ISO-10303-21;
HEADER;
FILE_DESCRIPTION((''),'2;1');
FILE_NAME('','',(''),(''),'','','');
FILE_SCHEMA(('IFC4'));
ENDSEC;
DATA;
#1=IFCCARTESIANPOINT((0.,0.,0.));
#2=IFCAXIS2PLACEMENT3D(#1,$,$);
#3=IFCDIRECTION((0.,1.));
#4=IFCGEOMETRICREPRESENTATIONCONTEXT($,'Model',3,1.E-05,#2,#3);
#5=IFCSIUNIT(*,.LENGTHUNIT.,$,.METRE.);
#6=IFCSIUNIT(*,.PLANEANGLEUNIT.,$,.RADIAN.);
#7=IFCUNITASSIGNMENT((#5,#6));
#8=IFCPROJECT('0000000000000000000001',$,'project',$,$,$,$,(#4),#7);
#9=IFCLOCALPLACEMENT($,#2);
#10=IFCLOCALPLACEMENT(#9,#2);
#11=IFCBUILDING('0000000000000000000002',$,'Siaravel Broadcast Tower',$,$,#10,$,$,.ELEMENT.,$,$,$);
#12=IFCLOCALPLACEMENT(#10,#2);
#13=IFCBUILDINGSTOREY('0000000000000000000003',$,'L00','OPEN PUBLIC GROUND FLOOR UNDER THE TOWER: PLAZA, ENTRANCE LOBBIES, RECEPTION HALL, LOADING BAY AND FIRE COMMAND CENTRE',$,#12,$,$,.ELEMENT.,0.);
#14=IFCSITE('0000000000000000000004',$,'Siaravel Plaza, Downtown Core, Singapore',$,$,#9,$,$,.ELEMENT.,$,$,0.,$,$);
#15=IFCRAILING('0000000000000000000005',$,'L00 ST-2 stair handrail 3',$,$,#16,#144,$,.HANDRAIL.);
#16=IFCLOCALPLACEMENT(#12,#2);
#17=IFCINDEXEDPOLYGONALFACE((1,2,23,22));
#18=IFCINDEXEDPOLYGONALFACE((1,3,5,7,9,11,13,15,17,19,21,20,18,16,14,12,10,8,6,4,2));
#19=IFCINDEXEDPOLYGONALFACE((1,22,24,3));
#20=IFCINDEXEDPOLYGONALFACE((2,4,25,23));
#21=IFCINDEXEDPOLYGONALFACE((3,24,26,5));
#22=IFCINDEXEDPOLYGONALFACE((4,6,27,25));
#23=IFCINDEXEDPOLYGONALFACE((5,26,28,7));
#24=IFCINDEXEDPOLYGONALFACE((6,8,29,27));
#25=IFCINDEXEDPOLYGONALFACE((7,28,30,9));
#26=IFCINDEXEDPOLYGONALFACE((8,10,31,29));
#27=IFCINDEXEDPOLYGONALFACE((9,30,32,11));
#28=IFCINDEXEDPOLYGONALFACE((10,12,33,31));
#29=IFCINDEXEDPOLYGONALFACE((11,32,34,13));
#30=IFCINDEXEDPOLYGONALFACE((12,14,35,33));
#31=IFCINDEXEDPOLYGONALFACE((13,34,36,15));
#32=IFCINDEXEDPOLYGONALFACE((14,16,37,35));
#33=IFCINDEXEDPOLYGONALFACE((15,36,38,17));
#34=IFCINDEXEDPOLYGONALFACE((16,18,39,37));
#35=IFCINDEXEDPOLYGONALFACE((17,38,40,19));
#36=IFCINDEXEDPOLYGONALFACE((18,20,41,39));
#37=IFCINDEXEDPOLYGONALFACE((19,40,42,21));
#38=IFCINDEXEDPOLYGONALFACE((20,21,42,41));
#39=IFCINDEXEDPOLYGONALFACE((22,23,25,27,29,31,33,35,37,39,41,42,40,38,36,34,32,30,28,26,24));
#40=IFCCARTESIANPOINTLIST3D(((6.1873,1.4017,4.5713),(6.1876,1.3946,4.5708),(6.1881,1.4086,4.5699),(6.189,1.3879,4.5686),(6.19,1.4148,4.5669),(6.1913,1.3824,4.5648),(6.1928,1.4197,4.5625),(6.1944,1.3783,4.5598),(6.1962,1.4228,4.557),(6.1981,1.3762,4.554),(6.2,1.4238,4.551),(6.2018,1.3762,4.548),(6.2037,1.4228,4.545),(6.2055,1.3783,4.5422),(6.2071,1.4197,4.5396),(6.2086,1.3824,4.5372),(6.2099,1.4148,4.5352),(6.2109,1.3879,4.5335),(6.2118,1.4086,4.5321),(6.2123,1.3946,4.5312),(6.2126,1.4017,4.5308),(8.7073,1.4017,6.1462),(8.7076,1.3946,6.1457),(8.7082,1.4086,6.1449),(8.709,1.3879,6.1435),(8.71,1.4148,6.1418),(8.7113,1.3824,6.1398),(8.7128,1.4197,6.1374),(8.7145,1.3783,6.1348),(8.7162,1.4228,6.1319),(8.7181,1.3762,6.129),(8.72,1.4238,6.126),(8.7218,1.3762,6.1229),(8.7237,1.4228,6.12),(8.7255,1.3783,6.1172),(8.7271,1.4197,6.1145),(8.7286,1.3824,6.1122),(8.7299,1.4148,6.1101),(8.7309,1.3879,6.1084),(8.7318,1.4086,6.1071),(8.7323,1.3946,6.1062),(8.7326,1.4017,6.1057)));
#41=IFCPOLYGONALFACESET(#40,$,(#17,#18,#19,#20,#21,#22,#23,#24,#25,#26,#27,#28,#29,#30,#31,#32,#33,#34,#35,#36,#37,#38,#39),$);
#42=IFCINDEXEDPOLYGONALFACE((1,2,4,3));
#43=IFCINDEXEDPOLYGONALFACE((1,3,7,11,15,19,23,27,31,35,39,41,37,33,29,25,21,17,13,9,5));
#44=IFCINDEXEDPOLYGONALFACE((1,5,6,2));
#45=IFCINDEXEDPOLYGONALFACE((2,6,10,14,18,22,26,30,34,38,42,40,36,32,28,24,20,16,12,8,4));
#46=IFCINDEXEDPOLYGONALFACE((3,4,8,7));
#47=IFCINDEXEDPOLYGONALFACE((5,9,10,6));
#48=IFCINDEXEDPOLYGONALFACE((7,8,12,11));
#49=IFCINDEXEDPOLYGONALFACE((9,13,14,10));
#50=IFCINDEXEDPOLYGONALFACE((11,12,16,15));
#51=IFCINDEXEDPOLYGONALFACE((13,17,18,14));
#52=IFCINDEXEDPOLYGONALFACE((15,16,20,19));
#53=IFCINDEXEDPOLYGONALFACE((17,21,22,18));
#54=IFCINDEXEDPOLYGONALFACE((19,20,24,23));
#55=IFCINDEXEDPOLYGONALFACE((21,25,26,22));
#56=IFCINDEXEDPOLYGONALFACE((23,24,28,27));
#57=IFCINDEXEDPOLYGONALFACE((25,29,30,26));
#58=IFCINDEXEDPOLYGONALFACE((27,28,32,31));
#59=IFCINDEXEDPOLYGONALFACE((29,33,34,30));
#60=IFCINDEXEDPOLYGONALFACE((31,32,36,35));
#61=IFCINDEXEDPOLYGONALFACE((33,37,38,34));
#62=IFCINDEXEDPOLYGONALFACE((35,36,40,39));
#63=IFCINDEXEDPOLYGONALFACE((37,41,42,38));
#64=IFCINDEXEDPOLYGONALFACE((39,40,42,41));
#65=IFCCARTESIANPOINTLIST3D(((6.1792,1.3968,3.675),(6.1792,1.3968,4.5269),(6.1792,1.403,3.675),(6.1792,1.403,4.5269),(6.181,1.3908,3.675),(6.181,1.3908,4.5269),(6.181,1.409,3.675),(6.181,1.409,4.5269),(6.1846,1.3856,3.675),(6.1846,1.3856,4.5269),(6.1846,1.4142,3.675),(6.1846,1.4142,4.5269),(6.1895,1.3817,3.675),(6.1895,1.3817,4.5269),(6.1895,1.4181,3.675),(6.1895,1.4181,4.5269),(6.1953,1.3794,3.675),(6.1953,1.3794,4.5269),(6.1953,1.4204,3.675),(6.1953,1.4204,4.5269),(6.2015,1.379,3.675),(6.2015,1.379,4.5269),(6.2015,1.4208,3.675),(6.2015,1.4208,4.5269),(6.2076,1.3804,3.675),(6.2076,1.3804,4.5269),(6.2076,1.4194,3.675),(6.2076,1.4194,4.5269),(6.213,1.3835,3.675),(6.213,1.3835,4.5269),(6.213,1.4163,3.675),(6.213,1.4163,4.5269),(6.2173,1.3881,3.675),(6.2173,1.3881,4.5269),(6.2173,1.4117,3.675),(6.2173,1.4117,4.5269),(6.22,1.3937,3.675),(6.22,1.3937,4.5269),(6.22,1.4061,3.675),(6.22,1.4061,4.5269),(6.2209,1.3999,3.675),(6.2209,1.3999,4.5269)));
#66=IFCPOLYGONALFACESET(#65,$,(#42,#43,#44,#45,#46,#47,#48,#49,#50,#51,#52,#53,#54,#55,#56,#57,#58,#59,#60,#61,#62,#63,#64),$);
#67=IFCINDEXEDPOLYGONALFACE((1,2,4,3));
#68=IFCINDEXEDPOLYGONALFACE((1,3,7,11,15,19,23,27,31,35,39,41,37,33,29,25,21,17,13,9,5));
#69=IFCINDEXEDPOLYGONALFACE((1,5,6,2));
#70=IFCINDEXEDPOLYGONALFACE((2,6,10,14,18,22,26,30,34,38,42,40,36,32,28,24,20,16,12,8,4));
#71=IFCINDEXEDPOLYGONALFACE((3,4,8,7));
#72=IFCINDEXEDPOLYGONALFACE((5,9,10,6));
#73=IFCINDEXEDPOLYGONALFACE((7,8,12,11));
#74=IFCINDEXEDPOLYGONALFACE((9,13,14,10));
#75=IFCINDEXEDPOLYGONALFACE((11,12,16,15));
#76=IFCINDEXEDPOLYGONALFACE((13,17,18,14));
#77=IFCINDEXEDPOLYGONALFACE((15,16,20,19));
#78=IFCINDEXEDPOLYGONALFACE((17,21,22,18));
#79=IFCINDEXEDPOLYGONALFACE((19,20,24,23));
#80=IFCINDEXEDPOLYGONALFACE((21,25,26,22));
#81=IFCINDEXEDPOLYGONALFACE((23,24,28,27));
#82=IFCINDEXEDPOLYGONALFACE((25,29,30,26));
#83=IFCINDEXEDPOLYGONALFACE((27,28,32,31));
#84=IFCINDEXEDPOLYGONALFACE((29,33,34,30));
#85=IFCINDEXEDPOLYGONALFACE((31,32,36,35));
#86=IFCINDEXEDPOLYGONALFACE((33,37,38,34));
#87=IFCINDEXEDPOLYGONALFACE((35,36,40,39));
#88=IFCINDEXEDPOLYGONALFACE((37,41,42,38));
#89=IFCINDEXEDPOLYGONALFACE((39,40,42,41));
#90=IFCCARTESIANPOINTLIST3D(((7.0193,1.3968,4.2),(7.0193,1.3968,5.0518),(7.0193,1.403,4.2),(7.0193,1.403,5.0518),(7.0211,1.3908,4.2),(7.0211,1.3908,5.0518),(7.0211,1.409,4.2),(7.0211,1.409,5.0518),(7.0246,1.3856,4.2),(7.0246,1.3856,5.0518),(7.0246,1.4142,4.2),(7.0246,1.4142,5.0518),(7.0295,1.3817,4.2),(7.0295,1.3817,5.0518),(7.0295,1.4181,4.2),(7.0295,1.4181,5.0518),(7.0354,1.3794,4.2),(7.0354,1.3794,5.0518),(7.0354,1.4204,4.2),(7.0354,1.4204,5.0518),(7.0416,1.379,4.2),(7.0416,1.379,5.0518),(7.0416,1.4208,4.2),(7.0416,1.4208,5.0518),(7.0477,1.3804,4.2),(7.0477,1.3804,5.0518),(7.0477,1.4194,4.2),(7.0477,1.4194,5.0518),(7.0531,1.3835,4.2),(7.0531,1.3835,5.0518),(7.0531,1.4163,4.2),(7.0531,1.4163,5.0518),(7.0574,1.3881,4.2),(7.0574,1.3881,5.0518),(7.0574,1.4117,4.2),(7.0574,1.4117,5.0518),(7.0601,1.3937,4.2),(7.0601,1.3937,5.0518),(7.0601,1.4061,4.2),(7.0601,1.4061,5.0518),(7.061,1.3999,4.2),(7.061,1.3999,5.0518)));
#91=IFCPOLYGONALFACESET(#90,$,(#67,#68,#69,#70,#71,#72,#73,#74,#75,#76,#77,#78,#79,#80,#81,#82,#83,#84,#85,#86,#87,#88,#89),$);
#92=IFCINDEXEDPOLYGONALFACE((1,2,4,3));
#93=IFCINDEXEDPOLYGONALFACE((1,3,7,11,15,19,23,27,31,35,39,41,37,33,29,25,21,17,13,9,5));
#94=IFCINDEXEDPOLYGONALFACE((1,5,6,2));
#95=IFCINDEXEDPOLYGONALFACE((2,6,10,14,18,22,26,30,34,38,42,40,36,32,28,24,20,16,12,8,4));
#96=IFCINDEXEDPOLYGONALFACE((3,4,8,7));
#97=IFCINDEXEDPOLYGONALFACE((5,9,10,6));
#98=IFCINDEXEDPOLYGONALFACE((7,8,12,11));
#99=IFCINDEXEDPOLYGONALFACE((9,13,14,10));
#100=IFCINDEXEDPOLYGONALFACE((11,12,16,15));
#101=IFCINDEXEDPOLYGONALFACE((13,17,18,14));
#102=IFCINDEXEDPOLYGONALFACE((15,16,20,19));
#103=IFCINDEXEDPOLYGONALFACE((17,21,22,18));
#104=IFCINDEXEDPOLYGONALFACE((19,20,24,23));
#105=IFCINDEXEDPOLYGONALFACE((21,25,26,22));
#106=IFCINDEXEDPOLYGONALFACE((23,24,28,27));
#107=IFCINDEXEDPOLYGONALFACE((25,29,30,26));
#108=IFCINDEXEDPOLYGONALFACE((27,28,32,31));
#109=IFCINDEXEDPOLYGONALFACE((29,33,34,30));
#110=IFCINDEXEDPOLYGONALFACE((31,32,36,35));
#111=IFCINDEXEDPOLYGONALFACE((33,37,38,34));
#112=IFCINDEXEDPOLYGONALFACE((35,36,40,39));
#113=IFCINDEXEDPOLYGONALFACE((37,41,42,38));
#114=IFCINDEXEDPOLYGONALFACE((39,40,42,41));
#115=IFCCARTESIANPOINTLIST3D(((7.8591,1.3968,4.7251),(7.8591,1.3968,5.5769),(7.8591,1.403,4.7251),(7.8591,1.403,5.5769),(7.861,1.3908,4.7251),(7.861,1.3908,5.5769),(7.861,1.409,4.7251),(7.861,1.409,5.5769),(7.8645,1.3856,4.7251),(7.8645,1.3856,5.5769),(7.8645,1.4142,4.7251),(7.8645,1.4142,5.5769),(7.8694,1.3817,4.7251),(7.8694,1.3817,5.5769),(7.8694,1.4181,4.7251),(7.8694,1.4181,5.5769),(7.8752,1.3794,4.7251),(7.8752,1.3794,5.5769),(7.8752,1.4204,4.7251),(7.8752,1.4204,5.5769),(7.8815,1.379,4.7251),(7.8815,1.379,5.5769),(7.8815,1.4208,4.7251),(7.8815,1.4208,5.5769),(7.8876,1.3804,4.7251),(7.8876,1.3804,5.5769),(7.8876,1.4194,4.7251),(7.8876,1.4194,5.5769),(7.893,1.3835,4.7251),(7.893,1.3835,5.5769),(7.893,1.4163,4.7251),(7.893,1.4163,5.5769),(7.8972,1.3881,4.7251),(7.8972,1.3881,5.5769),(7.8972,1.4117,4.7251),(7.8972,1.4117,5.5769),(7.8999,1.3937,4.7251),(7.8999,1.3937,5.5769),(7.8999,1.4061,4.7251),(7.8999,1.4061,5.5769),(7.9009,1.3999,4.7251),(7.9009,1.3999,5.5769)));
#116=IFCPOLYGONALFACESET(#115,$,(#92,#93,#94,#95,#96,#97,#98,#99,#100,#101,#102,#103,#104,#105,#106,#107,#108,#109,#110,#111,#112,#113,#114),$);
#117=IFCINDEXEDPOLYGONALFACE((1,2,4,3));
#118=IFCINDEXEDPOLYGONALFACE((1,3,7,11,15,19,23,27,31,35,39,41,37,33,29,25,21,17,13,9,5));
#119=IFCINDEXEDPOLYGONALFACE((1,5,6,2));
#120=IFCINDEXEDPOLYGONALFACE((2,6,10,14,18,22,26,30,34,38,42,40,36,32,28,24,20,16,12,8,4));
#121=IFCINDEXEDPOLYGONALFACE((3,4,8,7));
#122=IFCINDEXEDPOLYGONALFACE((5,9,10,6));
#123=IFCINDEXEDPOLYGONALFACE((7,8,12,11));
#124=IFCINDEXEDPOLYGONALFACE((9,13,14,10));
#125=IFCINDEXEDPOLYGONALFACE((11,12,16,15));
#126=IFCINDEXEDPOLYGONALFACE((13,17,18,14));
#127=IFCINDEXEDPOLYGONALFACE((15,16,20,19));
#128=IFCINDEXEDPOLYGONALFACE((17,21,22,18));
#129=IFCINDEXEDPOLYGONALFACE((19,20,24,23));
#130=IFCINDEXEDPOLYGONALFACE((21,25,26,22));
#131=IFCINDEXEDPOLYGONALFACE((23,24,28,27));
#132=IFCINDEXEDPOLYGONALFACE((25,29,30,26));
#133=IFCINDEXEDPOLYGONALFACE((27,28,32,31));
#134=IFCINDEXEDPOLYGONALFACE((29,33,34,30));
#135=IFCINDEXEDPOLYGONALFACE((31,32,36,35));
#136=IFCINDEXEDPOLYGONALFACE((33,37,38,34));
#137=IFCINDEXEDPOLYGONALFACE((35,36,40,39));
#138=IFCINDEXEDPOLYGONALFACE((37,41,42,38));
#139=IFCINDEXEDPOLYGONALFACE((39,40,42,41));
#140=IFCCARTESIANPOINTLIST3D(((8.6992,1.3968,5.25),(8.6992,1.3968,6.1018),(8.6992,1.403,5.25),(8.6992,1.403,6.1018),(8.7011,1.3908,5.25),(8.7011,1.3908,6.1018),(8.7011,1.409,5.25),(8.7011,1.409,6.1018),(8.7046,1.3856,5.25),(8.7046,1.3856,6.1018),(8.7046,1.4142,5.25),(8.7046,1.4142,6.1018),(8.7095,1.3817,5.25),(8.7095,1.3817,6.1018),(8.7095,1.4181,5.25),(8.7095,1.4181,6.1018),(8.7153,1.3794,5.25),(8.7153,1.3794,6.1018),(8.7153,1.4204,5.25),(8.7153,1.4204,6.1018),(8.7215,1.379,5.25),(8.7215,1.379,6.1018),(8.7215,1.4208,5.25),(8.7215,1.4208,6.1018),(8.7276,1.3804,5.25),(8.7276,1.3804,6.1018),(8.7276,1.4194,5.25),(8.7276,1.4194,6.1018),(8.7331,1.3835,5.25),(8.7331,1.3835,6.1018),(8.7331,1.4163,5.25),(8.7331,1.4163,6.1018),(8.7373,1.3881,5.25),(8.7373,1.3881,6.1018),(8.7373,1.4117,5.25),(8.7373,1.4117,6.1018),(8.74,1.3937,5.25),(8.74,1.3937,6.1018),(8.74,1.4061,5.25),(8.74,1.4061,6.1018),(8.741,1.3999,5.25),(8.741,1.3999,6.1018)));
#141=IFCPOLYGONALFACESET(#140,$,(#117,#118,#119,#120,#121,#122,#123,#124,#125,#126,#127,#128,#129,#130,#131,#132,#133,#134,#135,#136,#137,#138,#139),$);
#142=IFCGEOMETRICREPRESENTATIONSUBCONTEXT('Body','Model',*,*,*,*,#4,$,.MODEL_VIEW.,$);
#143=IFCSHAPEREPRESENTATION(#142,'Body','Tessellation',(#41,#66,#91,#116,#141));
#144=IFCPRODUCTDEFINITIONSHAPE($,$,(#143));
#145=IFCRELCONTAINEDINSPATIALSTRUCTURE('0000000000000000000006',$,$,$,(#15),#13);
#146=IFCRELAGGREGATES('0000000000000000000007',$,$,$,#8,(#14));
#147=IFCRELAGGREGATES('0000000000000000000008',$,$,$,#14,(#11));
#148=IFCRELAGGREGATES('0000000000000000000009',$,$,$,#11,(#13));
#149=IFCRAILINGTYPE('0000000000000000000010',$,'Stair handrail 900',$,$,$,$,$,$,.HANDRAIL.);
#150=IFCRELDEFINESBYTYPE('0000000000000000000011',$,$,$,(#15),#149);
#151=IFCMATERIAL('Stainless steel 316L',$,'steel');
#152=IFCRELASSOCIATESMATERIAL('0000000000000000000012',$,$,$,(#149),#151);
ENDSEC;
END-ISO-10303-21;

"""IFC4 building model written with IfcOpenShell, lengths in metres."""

from ifc_helpers import new_model, si_unit, direction, frame, origin, origin_2d, place, context, subcontext, project, spatial, circle, extrude, material, type_object, element, save


model = new_model("IFC4")

# Units and contexts
model_context = context("Model", 3, precision=1e-05, world=origin(), true_north=direction((0.0, 1.0)))
body_context = subcontext(model_context, "Body", "Model", "MODEL_VIEW")
ifc_project = project(units=[si_unit("LENGTHUNIT", "METRE"), si_unit("PLANEANGLEUNIT", "RADIAN")], contexts=[model_context])

# Site, building, storey
site_placement = place(None, origin())
site = spatial("IfcSite", under=ifc_project, at=site_placement, Name="Siaravel Plaza, Downtown Core, Singapore", CompositionType="ELEMENT", RefElevation=0.0)
building_placement = place(site_placement, origin())
building = spatial("IfcBuilding", under=site, at=building_placement, Name="Siaravel Broadcast Tower", CompositionType="ELEMENT")
storey_placement = place(building_placement, origin())
storey = spatial("IfcBuildingStorey", under=building, at=storey_placement, Name="L00", Description="OPEN PUBLIC GROUND FLOOR UNDER THE TOWER: PLAZA, ENTRANCE LOBBIES, RECEPTION HALL, LOADING BAY AND FIRE COMMAND CENTRE", CompositionType="ELEMENT", Elevation=0.0)

# Railing
ifc_material_1 = material(Name="Stainless steel 316L", Category="steel")
railing_type = type_object("IfcRailingType", Name="Stair handrail 900", PredefinedType="HANDRAIL", material=ifc_material_1)
for number, where, name in (
    (1, (6.2, 1.3999, 3.675), "L00 ST-2 stair handrail 3"),
):
    element("IfcRailing", number, at=place(storey_placement, frame(where)), inside=storey, type_object=railing_type, Name=name, PredefinedType="HANDRAIL", context=body_context, shape_type="SweptSolid", body=[
        extrude(circle(Radius=0.0239, at=origin_2d()), frame((0.0, 0.0, 0.876), z_axis=(0.848008, 0.0, 0.529984), x_axis=(0.0, 1.0, 0.0)), (0.0, 0.0, 1.0), 2.9717),
        extrude(circle(Radius=0.021, at=origin_2d()), origin(), (0.0, 0.0, 1.0), 0.8518),
        extrude(circle(Radius=0.021, at=origin_2d()), frame((0.8401, 0.0, 0.5249)), (0.0, 0.0, 1.0), 0.8518),
        extrude(circle(Radius=0.021, at=origin_2d()), frame((1.6799, 0.0, 1.05)), (0.0, 0.0, 1.0), 0.8518),
        extrude(circle(Radius=0.021, at=origin_2d()), frame((2.52, 0.0, 1.575)), (0.0, 0.0, 1.0), 0.8518),
    ])

save(model, "model.ifc")
